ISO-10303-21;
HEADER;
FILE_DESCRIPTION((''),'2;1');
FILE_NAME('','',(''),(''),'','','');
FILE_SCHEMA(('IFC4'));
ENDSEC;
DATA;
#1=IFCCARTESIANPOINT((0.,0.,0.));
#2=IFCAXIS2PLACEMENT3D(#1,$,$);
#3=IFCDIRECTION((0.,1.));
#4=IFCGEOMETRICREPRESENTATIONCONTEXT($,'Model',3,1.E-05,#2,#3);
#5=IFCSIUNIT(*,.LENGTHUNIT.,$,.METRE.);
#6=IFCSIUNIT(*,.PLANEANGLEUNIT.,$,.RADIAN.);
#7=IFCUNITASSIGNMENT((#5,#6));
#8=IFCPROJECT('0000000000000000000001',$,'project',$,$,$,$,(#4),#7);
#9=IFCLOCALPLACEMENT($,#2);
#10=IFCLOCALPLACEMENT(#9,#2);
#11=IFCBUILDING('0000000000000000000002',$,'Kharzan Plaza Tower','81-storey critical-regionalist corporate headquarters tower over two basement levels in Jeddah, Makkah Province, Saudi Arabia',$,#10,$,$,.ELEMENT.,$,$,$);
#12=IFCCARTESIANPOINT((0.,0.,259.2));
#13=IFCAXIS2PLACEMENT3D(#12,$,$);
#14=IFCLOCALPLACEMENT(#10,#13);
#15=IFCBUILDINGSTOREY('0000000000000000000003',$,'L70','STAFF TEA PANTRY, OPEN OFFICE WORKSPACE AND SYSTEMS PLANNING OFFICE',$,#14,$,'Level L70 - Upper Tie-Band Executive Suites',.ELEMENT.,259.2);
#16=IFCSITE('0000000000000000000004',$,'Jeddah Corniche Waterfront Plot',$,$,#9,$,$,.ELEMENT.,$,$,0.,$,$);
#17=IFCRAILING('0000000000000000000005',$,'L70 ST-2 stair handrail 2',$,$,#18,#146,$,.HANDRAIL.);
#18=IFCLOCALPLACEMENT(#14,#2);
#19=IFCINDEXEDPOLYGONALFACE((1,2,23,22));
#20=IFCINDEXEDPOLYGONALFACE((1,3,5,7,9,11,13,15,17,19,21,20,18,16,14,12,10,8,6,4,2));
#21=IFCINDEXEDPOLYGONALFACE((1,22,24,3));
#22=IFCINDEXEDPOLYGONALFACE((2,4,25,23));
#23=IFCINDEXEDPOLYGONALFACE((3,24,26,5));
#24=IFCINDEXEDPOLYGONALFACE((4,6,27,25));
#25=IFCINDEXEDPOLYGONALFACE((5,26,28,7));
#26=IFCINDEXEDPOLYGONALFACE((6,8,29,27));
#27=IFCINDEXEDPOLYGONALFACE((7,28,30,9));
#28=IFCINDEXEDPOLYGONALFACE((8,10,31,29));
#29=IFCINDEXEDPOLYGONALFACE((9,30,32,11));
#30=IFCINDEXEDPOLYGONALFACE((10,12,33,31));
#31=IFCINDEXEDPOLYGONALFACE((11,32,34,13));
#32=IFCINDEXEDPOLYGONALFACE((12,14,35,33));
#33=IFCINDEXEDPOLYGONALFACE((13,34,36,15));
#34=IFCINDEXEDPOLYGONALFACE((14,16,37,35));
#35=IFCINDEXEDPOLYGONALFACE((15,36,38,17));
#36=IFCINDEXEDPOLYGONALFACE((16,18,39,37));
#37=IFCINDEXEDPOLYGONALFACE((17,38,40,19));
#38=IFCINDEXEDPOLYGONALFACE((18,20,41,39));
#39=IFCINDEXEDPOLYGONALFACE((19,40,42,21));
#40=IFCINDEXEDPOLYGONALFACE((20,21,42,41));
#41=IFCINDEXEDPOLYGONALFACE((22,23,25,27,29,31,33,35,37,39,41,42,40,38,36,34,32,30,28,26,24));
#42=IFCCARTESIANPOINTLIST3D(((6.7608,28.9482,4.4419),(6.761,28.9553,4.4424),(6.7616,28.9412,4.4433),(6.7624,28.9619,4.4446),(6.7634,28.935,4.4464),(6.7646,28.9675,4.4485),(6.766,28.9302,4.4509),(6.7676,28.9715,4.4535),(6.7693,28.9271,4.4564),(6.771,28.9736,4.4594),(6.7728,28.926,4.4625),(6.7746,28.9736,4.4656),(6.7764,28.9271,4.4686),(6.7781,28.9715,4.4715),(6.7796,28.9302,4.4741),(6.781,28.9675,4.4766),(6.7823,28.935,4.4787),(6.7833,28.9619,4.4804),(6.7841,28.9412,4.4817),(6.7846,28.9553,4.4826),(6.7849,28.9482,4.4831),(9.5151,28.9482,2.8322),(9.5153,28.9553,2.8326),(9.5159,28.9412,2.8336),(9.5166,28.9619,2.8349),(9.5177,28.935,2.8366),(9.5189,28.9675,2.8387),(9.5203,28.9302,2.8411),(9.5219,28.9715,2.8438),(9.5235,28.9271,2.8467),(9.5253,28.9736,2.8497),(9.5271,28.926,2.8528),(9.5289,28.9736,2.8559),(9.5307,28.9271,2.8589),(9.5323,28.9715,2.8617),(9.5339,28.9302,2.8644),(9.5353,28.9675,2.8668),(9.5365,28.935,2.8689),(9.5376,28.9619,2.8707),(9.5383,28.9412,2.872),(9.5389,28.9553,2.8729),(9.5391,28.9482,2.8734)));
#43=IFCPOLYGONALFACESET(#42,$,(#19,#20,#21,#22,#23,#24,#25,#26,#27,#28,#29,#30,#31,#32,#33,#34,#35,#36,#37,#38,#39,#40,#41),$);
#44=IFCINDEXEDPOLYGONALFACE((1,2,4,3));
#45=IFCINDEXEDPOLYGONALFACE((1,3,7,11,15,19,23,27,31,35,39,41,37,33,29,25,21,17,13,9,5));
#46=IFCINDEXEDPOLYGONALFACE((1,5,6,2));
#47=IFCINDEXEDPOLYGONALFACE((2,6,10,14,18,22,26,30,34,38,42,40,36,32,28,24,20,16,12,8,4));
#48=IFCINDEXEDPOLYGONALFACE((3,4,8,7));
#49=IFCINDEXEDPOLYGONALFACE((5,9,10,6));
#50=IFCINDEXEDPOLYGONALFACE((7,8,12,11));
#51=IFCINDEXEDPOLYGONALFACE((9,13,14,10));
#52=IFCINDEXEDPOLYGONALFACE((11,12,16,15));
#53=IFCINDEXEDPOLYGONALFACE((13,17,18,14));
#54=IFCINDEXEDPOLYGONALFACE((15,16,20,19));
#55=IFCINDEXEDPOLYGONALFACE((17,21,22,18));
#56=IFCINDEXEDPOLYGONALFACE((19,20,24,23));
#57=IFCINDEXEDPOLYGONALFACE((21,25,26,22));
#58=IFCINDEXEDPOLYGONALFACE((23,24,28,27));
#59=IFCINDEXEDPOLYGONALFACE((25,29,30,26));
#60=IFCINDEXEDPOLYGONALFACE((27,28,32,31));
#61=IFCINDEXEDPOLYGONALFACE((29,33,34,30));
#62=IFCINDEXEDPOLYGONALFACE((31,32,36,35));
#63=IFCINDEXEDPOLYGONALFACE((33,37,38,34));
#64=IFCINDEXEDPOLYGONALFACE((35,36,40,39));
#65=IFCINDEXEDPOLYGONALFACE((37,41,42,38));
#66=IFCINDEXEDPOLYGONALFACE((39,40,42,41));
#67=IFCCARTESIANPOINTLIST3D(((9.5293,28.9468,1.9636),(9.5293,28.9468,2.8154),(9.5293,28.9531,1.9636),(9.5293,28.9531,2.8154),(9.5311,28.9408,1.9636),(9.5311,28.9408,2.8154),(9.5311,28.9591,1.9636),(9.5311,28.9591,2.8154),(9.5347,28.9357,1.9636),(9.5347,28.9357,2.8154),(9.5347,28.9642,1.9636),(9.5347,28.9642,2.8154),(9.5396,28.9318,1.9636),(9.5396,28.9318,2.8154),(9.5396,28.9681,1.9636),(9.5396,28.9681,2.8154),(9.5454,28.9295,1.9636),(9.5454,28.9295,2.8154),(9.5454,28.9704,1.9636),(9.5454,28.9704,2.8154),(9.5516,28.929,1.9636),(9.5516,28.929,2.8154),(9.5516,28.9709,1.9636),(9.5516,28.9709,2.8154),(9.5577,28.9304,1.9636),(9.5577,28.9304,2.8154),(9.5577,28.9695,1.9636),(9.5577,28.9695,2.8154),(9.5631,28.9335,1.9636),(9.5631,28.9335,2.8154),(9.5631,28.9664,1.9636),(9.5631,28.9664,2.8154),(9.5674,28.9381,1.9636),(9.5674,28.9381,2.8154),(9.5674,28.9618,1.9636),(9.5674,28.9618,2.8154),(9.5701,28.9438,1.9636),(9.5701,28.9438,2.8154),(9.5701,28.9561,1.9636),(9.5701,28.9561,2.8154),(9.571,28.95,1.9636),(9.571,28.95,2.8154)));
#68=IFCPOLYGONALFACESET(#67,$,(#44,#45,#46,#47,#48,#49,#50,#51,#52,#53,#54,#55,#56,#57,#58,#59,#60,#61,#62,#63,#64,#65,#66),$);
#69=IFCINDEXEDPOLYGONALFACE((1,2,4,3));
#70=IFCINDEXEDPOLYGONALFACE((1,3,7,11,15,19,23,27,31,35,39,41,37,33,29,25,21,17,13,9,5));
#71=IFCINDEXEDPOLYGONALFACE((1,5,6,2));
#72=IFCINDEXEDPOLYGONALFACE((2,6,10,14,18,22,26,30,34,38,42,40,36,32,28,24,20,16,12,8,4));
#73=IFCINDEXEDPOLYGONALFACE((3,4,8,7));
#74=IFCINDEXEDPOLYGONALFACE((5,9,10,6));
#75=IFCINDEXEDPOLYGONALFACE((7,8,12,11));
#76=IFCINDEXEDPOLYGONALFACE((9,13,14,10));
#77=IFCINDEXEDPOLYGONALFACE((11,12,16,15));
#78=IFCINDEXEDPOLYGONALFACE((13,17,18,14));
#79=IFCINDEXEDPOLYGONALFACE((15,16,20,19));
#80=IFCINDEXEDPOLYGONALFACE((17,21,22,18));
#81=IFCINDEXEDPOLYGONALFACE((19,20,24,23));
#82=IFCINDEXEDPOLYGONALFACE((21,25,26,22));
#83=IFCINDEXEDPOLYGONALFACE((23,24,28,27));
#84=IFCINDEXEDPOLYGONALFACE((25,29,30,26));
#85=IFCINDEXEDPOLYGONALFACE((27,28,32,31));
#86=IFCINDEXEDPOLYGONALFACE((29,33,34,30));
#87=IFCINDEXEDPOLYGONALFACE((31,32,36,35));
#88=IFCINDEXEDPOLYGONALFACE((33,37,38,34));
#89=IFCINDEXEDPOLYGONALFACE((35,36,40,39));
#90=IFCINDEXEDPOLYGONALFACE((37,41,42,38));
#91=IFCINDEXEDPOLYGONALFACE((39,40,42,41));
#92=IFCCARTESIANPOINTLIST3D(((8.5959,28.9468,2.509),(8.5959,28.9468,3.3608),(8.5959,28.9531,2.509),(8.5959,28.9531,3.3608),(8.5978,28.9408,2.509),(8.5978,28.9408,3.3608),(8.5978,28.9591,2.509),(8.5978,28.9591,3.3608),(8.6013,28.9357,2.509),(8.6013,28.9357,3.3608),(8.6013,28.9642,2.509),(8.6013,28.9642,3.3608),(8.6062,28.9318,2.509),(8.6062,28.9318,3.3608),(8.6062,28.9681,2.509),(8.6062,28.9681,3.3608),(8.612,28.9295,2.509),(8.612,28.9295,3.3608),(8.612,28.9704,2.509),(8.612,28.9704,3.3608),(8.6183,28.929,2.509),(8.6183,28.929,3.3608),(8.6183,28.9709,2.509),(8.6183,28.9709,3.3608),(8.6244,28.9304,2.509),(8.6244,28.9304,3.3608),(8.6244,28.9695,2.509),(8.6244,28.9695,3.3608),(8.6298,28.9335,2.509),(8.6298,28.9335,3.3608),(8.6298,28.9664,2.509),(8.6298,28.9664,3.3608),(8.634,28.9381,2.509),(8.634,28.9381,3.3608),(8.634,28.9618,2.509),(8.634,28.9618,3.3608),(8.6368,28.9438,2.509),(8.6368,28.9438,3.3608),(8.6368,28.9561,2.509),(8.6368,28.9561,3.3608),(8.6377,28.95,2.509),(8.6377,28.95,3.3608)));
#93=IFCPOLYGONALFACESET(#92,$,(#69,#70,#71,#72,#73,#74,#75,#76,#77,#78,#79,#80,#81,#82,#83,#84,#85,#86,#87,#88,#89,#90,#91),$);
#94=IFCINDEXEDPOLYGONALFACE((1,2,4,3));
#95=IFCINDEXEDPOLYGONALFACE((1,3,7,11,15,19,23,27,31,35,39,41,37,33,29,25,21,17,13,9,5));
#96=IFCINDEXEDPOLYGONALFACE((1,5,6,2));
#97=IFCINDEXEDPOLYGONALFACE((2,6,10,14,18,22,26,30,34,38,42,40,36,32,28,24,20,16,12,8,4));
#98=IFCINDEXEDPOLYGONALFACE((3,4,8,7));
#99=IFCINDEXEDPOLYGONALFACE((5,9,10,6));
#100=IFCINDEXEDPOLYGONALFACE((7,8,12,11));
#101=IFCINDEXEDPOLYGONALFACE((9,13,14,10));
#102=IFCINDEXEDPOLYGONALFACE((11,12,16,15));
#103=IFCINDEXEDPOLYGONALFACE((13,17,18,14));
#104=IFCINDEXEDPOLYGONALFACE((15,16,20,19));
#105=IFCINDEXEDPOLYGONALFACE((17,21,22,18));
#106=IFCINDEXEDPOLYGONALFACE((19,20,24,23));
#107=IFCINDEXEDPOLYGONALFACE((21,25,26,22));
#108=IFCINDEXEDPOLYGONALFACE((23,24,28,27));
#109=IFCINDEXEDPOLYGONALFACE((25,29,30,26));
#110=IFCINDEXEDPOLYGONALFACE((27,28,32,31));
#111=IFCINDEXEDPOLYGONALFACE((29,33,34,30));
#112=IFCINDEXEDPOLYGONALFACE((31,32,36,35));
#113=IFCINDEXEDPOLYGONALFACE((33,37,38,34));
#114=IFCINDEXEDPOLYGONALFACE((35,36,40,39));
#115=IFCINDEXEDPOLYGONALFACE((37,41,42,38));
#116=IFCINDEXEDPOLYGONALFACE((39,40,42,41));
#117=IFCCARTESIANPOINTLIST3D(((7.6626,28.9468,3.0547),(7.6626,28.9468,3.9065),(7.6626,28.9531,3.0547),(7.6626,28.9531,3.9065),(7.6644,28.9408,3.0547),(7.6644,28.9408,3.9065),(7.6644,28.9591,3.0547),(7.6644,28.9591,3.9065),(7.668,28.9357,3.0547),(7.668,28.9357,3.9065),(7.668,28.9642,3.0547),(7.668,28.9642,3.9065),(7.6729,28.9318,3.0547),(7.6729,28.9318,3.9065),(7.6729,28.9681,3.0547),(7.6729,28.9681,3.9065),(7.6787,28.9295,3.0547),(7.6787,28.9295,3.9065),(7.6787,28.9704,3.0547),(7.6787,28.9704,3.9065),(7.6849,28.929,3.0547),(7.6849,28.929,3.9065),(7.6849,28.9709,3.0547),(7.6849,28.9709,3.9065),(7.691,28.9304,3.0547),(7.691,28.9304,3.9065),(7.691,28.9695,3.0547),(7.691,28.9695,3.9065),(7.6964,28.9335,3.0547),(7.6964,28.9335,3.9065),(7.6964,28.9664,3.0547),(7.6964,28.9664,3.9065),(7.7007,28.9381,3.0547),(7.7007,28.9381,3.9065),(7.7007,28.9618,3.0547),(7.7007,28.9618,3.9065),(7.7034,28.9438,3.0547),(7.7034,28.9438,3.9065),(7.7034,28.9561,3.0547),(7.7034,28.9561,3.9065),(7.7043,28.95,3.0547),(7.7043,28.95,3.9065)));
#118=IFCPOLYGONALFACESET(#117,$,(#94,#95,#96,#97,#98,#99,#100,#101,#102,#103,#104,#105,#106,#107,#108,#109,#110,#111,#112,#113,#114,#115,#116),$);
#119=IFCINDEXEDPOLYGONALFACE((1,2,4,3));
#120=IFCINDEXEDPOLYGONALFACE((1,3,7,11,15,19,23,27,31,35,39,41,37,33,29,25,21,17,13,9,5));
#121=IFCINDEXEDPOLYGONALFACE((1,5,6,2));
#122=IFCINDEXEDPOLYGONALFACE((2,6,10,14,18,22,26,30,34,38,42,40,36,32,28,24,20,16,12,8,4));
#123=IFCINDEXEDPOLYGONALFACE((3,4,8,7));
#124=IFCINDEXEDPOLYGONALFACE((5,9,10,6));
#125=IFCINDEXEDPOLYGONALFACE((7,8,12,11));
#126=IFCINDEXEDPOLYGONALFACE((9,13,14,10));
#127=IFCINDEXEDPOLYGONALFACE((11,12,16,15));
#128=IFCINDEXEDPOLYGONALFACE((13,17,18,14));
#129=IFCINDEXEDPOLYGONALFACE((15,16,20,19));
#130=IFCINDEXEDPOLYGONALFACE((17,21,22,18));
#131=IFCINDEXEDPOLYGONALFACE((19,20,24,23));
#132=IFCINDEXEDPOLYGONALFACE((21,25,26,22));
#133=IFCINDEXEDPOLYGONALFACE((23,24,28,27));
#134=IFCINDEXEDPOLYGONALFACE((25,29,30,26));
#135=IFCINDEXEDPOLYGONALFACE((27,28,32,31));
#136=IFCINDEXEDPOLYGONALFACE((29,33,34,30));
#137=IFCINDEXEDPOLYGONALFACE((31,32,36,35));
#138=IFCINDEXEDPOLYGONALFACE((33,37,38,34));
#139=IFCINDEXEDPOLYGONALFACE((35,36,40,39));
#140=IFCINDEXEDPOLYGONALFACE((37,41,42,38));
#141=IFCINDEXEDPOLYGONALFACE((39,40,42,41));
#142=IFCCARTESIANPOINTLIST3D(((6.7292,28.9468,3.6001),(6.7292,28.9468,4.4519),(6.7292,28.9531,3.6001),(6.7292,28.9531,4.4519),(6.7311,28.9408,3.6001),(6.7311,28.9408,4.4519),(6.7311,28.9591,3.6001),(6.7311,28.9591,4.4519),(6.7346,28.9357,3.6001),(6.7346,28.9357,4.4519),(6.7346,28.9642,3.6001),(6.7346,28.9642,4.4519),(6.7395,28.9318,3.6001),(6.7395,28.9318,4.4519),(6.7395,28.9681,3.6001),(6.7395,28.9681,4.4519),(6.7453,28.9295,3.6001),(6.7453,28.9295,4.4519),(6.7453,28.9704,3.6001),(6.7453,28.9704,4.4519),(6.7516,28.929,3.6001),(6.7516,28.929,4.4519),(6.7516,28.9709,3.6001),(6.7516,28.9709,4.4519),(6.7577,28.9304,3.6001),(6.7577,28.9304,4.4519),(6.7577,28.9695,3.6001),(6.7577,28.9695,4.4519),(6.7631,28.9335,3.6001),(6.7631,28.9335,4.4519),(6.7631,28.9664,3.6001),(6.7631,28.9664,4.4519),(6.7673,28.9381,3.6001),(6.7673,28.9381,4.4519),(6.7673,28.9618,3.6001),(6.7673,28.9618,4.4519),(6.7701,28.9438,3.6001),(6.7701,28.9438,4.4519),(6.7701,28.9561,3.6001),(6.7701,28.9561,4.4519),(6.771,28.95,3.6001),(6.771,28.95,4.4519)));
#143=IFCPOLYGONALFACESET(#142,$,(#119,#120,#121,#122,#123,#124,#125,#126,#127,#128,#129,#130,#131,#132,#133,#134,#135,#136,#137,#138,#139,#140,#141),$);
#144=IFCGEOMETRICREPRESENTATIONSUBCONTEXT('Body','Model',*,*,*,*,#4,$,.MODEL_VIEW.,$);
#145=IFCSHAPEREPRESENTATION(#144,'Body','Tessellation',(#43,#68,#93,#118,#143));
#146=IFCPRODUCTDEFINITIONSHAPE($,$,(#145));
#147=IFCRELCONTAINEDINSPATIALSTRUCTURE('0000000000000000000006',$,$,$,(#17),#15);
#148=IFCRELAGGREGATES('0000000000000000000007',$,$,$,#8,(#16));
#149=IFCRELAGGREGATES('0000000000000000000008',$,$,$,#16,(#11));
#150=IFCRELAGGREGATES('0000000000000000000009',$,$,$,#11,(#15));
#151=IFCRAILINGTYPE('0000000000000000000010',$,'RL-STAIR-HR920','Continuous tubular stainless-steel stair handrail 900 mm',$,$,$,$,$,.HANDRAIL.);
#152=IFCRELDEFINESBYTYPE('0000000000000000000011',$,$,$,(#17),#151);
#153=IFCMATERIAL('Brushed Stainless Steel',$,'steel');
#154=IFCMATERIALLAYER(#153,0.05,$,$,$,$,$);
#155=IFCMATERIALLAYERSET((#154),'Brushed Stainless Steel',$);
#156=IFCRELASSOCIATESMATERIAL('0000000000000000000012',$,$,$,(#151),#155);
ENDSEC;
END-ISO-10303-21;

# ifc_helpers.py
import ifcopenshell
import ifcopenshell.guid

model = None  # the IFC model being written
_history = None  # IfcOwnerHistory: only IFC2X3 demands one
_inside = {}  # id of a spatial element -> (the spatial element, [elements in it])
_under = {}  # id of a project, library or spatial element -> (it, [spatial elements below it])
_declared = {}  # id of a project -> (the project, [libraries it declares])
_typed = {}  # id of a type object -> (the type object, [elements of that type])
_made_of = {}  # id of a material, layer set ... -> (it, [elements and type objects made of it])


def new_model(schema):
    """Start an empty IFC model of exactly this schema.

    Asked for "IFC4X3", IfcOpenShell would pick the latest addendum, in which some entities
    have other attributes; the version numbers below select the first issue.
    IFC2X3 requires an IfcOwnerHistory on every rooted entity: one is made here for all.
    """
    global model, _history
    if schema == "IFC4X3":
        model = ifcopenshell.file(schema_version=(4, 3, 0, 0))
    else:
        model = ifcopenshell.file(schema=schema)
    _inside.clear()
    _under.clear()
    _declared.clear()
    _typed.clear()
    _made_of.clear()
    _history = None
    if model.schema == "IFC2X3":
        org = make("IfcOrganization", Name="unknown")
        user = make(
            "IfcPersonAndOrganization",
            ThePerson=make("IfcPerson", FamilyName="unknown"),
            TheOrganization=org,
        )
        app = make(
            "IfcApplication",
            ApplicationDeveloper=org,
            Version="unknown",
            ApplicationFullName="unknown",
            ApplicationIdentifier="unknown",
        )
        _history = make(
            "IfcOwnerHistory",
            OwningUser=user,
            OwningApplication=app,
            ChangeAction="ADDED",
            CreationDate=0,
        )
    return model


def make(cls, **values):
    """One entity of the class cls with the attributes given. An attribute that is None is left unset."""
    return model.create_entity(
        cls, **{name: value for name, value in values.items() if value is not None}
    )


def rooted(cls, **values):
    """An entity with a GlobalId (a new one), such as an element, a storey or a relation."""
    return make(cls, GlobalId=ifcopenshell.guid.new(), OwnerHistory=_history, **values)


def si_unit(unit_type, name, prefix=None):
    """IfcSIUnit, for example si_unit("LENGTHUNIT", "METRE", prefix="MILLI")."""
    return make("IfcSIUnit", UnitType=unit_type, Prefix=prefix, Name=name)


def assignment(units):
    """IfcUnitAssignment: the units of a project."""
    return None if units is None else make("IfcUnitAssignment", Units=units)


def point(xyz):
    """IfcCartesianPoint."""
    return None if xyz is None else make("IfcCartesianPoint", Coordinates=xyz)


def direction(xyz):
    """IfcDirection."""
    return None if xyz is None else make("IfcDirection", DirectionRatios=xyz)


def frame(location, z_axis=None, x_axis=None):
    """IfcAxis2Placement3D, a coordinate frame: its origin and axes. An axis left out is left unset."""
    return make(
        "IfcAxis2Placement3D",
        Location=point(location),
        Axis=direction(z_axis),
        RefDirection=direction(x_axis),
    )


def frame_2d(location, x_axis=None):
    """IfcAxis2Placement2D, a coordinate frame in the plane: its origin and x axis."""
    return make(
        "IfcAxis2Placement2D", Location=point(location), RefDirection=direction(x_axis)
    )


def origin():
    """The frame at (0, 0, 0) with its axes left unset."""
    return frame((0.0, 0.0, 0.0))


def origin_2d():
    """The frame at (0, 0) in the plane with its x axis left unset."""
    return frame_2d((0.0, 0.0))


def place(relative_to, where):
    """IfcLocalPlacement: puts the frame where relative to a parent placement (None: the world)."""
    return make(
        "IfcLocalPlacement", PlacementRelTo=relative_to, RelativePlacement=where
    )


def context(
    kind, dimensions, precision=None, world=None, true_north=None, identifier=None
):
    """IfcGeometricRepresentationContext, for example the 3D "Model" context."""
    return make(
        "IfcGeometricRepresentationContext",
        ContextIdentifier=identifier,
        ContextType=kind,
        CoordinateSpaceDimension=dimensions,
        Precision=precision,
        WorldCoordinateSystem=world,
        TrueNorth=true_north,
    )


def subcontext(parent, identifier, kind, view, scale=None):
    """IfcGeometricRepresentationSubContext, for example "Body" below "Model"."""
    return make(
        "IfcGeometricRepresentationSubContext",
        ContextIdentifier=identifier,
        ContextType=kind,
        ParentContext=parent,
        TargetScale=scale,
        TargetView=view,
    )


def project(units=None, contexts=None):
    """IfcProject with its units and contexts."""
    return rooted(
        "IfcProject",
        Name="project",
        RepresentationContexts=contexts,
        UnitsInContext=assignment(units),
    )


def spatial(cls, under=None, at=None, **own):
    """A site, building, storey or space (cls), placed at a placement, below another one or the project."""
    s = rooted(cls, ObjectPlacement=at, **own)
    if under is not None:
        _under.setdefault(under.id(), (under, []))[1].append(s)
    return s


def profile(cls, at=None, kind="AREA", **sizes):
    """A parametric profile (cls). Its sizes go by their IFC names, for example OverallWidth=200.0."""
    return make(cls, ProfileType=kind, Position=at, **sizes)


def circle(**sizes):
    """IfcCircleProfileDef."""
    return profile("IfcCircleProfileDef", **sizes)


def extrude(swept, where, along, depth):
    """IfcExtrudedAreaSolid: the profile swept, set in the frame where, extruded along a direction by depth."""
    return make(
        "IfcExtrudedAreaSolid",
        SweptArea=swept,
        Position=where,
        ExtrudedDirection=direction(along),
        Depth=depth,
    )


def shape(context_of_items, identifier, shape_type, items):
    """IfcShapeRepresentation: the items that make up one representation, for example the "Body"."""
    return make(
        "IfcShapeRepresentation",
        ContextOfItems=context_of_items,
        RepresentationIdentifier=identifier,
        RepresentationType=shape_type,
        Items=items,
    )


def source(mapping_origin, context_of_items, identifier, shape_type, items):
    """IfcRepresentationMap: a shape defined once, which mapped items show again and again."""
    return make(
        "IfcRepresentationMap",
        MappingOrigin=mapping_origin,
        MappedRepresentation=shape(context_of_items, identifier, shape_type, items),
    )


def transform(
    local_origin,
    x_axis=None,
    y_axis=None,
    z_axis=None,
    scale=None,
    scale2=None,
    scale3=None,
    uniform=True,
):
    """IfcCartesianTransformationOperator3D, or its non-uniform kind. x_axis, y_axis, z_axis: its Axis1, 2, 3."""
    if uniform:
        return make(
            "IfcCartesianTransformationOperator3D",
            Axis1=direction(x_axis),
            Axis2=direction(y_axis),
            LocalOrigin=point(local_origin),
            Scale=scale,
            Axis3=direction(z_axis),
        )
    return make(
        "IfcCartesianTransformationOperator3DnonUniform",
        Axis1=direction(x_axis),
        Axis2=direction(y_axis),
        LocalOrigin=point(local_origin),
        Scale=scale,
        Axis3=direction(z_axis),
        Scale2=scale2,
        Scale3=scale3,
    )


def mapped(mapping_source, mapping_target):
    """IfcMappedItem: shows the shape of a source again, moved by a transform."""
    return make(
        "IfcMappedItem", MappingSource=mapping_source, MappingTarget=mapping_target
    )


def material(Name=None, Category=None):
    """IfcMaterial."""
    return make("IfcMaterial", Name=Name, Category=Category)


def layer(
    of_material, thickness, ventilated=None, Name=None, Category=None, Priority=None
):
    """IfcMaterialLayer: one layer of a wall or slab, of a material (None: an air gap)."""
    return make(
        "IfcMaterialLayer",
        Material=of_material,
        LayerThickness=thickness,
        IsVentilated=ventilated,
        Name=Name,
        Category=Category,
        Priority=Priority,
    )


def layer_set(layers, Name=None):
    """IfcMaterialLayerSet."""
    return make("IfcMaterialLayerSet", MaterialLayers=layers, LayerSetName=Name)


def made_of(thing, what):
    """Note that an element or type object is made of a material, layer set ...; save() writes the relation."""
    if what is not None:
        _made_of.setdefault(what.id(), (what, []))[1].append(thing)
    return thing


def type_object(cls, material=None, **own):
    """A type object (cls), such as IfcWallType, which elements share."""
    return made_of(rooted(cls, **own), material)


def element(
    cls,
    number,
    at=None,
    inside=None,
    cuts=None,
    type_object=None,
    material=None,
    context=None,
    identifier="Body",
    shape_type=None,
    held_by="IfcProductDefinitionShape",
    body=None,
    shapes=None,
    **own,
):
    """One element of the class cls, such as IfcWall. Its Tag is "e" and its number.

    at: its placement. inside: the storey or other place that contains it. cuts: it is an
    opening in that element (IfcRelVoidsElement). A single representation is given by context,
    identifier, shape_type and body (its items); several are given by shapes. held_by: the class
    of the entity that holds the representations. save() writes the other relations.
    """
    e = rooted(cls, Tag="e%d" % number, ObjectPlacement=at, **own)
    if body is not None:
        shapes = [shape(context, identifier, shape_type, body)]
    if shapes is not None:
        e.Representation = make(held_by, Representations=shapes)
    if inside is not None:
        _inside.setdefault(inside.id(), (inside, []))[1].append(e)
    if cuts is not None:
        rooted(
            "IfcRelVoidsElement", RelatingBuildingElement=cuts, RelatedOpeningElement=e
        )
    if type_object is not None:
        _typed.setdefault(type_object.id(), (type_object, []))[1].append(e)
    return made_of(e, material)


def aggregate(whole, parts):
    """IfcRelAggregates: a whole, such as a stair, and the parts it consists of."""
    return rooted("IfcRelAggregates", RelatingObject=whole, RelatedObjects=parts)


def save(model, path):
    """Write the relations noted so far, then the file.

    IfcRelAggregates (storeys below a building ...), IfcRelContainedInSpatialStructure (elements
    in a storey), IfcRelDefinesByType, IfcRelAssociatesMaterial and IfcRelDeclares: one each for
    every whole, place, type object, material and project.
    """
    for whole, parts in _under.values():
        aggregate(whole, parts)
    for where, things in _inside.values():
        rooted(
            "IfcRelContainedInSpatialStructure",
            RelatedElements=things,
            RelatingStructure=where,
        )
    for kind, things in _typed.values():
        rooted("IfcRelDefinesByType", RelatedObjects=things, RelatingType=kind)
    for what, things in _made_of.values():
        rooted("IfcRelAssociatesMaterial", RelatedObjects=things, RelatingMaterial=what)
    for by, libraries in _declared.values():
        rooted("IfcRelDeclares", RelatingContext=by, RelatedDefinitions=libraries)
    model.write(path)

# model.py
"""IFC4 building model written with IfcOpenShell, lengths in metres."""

from ifc_helpers import new_model, si_unit, direction, frame, origin, origin_2d, place, context, subcontext, project, spatial, circle, extrude, source, transform, mapped, material, layer, layer_set, type_object, element, save


model = new_model("IFC4")

# Units and contexts
model_context = context("Model", 3, precision=1e-05, world=origin(), true_north=direction((0.0, 1.0)))
body_context = subcontext(model_context, "Body", "Model", "MODEL_VIEW")
ifc_project = project(units=[si_unit("LENGTHUNIT", "METRE"), si_unit("PLANEANGLEUNIT", "RADIAN")], contexts=[model_context])

# Site, building, storey
site_placement = place(None, origin())
site = spatial("IfcSite", under=ifc_project, at=site_placement, Name="Jeddah Corniche Waterfront Plot", CompositionType="ELEMENT", RefElevation=0.0)
building_placement = place(site_placement, origin())
building = spatial("IfcBuilding", under=site, at=building_placement, Name="Kharzan Plaza Tower", Description="81-storey critical-regionalist corporate headquarters tower over two basement levels in Jeddah, Makkah Province, Saudi Arabia", CompositionType="ELEMENT")
storey_placement = place(building_placement, frame((0.0, 0.0, 259.2)))
storey = spatial("IfcBuildingStorey", under=building, at=storey_placement, Name="L70", Description="STAFF TEA PANTRY, OPEN OFFICE WORKSPACE AND SYSTEMS PLANNING OFFICE", LongName="Level L70 - Upper Tie-Band Executive Suites", CompositionType="ELEMENT", Elevation=259.2)

# Shared definitions
ifc_material_1 = material(Name="Brushed Stainless Steel", Category="steel")

# Railing
ifc_layer_1 = layer(ifc_material_1, 0.05)
ifc_layer_set_1 = layer_set([ifc_layer_1], Name="Brushed Stainless Steel")
railing_type_1 = type_object("IfcRailingType", Name="RL-STAIR-HR920", Description="Continuous tubular stainless-steel stair handrail 900 mm", PredefinedType="HANDRAIL", material=ifc_layer_set_1)
shared_shape_1 = source(origin(), body_context, "Body", "SweptSolid", [
    extrude(circle(Radius=0.0239, at=origin_2d()), frame((-0.0229, 0.0, 0.8892), z_axis=(-0.863361, 0.0, 0.504587), x_axis=(0.0, -1.0, 0.0)), (0.0, 0.0, 1.0), 3.1902),
    extrude(circle(Radius=0.021, at=origin_2d()), origin(), (0.0, 0.0, 1.0), 0.8518),
    extrude(circle(Radius=0.021, at=origin_2d()), frame((-0.9333, 0.0, 0.5454)), (0.0, 0.0, 1.0), 0.8518),
    extrude(circle(Radius=0.021, at=origin_2d()), frame((-1.8667, 0.0, 1.0911)), (0.0, 0.0, 1.0), 0.8518),
    extrude(circle(Radius=0.021, at=origin_2d()), frame((-2.8, 0.0, 1.6365)), (0.0, 0.0, 1.0), 0.8518),
])
railing_1_placement = place(storey_placement, frame((9.55, 28.95, 1.9636)))
element("IfcRailing", 1, at=railing_1_placement, inside=storey, type_object=railing_type_1, Name="L70 ST-2 stair handrail 2", PredefinedType="HANDRAIL", context=body_context, shape_type="MappedRepresentation", body=[
    mapped(shared_shape_1, transform((0.0, 0.0, 0.0), x_axis=(1.0, 0.0, 0.0), y_axis=(0.0, 1.0, 0.0), z_axis=(0.0, 0.0, 1.0))),
])

save(model, "model.ifc")
